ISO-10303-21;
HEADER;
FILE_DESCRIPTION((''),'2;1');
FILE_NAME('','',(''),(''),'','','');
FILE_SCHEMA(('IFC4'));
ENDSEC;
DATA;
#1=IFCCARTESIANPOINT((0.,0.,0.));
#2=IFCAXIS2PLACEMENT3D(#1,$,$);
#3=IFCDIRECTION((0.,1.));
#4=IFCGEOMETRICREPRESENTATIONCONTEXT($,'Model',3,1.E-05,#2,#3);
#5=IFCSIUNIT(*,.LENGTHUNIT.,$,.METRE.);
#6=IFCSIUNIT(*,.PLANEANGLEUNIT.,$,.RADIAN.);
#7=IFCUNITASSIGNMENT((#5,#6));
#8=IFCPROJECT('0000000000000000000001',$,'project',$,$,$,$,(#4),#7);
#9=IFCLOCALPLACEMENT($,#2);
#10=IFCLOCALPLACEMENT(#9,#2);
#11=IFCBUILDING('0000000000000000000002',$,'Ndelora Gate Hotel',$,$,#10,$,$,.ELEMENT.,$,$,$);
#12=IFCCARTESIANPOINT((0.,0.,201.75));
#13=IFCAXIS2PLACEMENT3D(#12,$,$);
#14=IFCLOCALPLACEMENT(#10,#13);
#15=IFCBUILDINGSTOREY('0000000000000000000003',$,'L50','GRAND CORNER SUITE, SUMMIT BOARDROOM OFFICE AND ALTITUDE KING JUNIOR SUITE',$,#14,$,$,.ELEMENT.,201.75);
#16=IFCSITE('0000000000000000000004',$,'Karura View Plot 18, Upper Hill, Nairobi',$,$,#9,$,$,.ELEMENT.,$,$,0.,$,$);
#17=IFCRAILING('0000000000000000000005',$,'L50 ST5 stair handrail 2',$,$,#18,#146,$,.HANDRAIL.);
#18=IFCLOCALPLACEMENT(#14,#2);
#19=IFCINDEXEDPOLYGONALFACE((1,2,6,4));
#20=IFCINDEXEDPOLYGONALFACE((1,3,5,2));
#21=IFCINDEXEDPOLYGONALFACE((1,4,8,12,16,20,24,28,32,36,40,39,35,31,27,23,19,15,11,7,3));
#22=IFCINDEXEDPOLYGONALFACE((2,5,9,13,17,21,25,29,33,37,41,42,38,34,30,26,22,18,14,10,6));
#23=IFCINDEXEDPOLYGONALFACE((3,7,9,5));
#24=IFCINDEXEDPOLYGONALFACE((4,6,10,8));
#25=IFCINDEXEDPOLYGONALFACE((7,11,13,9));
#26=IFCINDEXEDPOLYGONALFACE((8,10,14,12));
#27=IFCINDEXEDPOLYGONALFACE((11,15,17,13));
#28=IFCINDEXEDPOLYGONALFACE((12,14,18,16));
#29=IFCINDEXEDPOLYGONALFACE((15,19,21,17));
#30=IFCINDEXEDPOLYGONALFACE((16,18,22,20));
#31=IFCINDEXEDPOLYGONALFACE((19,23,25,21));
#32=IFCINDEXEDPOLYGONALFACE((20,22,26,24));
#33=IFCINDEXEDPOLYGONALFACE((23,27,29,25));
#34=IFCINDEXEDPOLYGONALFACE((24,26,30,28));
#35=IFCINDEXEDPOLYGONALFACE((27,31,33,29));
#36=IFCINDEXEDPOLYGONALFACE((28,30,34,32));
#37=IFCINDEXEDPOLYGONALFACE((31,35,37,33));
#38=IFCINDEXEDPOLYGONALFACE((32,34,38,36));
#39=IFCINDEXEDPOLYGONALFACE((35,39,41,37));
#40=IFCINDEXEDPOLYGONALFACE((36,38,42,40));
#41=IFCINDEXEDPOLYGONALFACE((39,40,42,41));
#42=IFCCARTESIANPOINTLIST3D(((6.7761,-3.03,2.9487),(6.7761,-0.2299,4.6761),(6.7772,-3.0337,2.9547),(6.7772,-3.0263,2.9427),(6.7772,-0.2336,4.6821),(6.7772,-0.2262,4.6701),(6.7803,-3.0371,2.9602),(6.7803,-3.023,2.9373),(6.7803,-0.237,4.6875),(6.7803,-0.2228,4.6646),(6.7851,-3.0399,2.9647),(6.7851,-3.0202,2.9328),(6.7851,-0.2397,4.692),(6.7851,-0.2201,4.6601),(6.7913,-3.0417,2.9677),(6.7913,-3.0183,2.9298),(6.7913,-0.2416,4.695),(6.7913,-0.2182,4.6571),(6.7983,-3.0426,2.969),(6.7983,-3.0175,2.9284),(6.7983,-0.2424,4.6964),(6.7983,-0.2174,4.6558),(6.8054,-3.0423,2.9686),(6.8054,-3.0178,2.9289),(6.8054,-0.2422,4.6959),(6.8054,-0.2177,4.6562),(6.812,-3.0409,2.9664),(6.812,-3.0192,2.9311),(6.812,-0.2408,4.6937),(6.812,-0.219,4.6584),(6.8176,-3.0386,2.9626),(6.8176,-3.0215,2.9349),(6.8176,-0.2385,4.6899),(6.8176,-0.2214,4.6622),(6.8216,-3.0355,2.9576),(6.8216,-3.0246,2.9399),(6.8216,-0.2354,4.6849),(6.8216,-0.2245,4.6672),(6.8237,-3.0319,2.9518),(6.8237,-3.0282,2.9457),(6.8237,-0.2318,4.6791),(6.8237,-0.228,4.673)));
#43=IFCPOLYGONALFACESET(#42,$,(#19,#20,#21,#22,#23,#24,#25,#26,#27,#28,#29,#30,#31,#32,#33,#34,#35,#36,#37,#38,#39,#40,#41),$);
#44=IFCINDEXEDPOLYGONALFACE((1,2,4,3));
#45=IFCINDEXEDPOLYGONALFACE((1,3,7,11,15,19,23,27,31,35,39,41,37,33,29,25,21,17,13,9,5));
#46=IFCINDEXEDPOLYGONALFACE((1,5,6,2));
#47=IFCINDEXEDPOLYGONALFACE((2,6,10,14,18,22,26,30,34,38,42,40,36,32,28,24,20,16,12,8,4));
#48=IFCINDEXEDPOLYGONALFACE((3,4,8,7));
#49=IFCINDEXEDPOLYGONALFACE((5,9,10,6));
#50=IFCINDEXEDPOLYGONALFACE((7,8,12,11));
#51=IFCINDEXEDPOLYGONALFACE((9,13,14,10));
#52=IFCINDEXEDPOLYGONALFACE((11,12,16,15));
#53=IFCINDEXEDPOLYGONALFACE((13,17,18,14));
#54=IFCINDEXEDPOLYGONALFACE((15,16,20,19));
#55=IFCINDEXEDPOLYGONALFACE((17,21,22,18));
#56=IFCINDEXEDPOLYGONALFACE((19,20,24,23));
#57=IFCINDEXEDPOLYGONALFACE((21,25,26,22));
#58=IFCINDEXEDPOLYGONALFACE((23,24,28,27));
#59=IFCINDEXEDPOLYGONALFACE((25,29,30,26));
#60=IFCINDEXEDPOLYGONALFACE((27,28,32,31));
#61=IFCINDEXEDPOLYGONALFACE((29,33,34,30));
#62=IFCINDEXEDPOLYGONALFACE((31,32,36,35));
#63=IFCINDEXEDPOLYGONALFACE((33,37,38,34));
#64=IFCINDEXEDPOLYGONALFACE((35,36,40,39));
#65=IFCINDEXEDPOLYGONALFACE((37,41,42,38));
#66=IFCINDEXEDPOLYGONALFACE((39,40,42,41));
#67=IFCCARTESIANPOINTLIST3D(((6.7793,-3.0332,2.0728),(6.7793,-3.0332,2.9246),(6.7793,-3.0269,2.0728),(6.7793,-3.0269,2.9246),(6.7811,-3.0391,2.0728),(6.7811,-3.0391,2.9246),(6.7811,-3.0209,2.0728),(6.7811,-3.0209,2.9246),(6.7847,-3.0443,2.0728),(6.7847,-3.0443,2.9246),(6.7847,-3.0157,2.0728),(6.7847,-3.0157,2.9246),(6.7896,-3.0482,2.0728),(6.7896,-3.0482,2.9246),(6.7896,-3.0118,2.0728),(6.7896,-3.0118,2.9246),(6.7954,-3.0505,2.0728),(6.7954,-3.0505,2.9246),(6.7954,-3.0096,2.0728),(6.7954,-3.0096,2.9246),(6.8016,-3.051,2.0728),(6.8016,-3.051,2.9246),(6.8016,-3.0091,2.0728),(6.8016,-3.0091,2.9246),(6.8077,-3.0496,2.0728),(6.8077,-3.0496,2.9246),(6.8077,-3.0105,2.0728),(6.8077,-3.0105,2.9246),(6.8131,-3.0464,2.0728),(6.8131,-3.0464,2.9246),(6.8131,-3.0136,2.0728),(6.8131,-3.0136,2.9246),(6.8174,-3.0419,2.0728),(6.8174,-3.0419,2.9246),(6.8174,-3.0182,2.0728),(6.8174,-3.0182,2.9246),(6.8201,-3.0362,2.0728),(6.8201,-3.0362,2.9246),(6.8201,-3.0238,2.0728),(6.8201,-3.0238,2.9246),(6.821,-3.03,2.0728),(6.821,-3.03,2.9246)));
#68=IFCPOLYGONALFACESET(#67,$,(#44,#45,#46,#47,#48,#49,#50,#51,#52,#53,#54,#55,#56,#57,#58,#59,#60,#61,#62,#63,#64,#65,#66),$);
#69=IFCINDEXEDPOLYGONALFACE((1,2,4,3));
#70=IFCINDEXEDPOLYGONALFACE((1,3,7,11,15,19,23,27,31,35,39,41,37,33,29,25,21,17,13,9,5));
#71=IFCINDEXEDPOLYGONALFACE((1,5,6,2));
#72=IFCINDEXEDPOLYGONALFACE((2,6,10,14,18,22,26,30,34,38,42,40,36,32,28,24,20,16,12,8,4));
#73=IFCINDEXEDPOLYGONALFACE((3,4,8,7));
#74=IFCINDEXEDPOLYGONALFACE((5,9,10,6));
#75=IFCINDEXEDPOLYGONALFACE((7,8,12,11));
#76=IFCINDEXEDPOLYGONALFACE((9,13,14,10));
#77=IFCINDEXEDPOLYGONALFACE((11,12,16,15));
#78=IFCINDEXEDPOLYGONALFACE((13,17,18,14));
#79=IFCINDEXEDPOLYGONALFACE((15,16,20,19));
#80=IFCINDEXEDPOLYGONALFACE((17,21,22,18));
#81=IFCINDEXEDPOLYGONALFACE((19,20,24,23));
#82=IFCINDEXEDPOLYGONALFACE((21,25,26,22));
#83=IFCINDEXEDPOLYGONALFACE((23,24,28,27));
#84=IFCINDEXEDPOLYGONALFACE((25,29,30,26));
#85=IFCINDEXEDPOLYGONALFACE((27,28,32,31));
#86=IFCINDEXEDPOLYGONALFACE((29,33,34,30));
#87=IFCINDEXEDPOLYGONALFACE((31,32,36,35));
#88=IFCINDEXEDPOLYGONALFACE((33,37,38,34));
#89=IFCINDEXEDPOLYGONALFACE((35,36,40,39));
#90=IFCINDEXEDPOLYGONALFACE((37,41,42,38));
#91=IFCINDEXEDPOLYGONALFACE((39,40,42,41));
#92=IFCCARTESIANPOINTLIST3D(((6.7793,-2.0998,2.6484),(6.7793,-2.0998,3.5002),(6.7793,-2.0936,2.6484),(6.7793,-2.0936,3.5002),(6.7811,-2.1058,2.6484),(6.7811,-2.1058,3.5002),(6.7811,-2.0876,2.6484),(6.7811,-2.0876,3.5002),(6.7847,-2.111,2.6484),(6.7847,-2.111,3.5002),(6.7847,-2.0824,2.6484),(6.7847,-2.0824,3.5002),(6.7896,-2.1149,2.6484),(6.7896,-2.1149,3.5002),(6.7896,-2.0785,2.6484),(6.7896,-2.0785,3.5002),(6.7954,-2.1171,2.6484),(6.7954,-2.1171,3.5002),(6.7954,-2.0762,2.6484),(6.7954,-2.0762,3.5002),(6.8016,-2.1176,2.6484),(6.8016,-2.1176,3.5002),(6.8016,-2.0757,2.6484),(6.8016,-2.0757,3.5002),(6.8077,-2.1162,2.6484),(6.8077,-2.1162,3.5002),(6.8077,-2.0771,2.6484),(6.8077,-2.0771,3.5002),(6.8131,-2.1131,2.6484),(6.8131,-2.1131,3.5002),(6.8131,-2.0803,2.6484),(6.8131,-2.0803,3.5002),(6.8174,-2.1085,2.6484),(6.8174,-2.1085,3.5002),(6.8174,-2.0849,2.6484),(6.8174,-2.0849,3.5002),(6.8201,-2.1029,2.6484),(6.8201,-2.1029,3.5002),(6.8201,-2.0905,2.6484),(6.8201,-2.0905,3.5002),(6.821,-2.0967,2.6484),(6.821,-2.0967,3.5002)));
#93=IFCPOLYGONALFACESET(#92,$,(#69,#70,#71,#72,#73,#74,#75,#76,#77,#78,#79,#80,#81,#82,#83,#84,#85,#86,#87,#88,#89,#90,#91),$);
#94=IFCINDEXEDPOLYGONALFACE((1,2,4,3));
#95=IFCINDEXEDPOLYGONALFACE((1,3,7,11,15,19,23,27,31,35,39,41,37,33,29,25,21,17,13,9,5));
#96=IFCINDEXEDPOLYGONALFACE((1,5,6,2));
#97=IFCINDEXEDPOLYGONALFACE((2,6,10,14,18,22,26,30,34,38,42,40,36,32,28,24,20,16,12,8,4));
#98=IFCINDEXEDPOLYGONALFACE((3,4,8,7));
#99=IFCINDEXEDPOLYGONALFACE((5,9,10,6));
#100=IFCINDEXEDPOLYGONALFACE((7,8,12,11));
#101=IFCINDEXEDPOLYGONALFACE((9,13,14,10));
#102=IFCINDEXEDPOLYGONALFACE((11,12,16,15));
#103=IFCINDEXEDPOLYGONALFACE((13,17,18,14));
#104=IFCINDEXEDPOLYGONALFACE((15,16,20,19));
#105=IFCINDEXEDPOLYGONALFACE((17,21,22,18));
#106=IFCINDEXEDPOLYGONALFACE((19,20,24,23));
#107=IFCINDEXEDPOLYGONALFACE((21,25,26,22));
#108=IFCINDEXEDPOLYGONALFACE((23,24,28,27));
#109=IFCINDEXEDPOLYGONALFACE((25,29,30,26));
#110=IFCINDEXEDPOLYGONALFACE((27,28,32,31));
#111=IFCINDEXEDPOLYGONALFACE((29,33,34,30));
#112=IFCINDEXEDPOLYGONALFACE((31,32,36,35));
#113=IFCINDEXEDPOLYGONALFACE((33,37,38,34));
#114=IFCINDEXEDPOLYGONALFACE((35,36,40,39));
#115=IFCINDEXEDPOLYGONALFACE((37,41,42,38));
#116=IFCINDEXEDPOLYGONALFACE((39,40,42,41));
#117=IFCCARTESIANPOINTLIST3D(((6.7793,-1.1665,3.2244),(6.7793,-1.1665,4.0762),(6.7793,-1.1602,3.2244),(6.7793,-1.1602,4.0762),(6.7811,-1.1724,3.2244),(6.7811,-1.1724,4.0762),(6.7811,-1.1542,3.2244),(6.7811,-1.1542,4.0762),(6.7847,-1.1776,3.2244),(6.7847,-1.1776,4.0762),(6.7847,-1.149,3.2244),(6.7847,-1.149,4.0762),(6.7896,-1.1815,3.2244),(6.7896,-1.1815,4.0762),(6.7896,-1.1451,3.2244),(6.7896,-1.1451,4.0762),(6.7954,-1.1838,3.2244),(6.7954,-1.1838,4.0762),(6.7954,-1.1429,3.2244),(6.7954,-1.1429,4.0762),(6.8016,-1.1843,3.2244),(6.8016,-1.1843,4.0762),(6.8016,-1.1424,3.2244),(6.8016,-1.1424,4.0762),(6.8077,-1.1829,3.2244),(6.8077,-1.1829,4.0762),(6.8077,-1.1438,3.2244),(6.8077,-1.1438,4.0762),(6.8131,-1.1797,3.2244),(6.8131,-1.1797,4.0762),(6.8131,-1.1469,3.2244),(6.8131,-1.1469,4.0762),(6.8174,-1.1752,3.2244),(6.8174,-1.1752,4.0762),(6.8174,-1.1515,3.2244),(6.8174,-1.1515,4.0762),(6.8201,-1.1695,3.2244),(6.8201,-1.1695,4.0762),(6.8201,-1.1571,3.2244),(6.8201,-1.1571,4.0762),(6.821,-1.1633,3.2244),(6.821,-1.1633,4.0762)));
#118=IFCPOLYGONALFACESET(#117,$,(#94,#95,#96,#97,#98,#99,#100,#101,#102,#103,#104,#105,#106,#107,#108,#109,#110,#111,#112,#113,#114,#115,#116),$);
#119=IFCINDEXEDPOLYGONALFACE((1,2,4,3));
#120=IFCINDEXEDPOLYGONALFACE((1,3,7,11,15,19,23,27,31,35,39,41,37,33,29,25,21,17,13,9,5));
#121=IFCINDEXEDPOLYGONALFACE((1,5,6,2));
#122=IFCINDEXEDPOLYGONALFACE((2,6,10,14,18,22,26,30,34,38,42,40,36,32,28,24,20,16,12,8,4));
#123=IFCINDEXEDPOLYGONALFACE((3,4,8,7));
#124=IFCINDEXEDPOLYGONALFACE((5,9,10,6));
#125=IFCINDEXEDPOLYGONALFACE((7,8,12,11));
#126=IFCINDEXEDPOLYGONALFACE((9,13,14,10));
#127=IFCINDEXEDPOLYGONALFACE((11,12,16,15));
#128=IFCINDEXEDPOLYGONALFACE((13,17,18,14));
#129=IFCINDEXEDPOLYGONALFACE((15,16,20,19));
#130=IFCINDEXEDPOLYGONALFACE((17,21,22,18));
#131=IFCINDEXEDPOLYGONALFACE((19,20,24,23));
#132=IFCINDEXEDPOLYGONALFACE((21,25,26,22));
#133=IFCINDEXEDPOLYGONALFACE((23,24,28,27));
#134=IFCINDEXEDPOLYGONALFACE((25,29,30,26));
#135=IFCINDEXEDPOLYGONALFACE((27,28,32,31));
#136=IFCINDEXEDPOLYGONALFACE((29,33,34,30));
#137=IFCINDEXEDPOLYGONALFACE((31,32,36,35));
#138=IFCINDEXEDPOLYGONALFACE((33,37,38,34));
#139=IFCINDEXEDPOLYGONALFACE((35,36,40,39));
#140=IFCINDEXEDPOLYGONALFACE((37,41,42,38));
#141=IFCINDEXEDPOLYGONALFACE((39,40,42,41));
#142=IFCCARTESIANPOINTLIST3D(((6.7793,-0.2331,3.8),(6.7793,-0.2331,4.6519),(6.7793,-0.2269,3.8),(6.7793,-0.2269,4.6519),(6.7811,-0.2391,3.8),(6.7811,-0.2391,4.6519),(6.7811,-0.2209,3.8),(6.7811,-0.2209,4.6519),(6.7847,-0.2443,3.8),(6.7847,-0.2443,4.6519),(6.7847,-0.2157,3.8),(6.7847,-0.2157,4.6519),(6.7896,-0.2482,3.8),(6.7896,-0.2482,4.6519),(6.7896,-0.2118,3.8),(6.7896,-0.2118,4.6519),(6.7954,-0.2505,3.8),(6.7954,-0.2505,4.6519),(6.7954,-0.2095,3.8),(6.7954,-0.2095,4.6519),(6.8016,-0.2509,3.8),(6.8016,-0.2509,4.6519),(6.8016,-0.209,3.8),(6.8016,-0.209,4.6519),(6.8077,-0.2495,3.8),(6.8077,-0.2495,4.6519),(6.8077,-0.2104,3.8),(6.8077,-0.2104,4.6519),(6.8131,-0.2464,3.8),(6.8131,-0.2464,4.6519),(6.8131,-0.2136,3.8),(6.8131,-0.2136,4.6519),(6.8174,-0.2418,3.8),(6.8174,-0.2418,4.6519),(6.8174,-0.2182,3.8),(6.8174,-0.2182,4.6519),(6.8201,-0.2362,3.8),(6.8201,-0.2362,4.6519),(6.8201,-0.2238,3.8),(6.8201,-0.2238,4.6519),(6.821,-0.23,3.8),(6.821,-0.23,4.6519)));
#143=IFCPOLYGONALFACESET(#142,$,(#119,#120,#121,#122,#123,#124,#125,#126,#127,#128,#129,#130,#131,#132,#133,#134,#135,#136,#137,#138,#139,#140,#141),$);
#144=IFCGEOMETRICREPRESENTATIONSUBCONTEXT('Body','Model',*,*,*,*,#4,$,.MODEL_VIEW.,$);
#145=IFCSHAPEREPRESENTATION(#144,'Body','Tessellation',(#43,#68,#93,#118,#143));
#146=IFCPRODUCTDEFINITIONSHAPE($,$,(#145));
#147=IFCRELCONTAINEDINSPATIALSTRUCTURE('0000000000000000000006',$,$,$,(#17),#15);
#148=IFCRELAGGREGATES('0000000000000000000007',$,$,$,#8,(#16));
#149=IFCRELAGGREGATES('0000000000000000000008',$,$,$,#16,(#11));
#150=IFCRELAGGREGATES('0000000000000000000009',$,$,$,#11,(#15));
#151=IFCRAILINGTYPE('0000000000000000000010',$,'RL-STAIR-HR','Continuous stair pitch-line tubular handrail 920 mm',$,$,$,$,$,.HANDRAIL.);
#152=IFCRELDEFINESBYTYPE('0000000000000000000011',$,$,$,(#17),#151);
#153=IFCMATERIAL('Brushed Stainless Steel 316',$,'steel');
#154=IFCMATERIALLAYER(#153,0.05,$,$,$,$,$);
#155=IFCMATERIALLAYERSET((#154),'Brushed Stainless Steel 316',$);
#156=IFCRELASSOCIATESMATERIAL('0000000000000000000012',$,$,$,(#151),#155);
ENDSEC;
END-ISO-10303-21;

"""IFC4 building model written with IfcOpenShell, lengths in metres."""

from ifc_helpers import new_model, si_unit, direction, frame, origin, origin_2d, place, context, subcontext, project, spatial, circle, extrude, material, layer, layer_set, type_object, element, save


model = new_model("IFC4")

# Units and contexts
model_context = context("Model", 3, precision=1e-05, world=origin(), true_north=direction((0.0, 1.0)))
body_context = subcontext(model_context, "Body", "Model", "MODEL_VIEW")
ifc_project = project(units=[si_unit("LENGTHUNIT", "METRE"), si_unit("PLANEANGLEUNIT", "RADIAN")], contexts=[model_context])

# Site, building, storey
site_placement = place(None, origin())
site = spatial("IfcSite", under=ifc_project, at=site_placement, Name="Karura View Plot 18, Upper Hill, Nairobi", CompositionType="ELEMENT", RefElevation=0.0)
building_placement = place(site_placement, origin())
building = spatial("IfcBuilding", under=site, at=building_placement, Name="Ndelora Gate Hotel", CompositionType="ELEMENT")
storey_placement = place(building_placement, frame((0.0, 0.0, 201.75)))
storey = spatial("IfcBuildingStorey", under=building, at=storey_placement, Name="L50", Description="GRAND CORNER SUITE, SUMMIT BOARDROOM OFFICE AND ALTITUDE KING JUNIOR SUITE", CompositionType="ELEMENT", Elevation=201.75)

# Railing
ifc_material_1 = material(Name="Brushed Stainless Steel 316", Category="steel")
ifc_layer_1 = layer(ifc_material_1, 0.05)
ifc_layer_set_1 = layer_set([ifc_layer_1], Name="Brushed Stainless Steel 316")
railing_type_1 = type_object("IfcRailingType", Name="RL-STAIR-HR", Description="Continuous stair pitch-line tubular handrail 920 mm", PredefinedType="HANDRAIL", material=ifc_layer_set_1)
railing_1_placement = place(storey_placement, frame((6.8, -3.03, 2.0728)))
element("IfcRailing", 1, at=railing_1_placement, inside=storey, type_object=railing_type_1, Name="L50 ST5 stair handrail 2", PredefinedType="HANDRAIL", context=body_context, shape_type="SweptSolid", body=[
    extrude(circle(Radius=0.0239, at=origin_2d()), frame((0.0, 0.0, 0.876), z_axis=(0.0, 0.85109, 0.52502), x_axis=(-1.0, 0.0, 0.0)), (0.0, 0.0, 1.0), 3.29),
    extrude(circle(Radius=0.021, at=origin_2d()), origin(), (0.0, 0.0, 1.0), 0.8518),
    extrude(circle(Radius=0.021, at=origin_2d()), frame((0.0, 0.9333, 0.5757)), (0.0, 0.0, 1.0), 0.8518),
    extrude(circle(Radius=0.021, at=origin_2d()), frame((0.0, 1.8667, 1.1516)), (0.0, 0.0, 1.0), 0.8518),
    extrude(circle(Radius=0.021, at=origin_2d()), frame((0.0, 2.8, 1.7273)), (0.0, 0.0, 1.0), 0.8518),
])

save(model, "model.ifc")
